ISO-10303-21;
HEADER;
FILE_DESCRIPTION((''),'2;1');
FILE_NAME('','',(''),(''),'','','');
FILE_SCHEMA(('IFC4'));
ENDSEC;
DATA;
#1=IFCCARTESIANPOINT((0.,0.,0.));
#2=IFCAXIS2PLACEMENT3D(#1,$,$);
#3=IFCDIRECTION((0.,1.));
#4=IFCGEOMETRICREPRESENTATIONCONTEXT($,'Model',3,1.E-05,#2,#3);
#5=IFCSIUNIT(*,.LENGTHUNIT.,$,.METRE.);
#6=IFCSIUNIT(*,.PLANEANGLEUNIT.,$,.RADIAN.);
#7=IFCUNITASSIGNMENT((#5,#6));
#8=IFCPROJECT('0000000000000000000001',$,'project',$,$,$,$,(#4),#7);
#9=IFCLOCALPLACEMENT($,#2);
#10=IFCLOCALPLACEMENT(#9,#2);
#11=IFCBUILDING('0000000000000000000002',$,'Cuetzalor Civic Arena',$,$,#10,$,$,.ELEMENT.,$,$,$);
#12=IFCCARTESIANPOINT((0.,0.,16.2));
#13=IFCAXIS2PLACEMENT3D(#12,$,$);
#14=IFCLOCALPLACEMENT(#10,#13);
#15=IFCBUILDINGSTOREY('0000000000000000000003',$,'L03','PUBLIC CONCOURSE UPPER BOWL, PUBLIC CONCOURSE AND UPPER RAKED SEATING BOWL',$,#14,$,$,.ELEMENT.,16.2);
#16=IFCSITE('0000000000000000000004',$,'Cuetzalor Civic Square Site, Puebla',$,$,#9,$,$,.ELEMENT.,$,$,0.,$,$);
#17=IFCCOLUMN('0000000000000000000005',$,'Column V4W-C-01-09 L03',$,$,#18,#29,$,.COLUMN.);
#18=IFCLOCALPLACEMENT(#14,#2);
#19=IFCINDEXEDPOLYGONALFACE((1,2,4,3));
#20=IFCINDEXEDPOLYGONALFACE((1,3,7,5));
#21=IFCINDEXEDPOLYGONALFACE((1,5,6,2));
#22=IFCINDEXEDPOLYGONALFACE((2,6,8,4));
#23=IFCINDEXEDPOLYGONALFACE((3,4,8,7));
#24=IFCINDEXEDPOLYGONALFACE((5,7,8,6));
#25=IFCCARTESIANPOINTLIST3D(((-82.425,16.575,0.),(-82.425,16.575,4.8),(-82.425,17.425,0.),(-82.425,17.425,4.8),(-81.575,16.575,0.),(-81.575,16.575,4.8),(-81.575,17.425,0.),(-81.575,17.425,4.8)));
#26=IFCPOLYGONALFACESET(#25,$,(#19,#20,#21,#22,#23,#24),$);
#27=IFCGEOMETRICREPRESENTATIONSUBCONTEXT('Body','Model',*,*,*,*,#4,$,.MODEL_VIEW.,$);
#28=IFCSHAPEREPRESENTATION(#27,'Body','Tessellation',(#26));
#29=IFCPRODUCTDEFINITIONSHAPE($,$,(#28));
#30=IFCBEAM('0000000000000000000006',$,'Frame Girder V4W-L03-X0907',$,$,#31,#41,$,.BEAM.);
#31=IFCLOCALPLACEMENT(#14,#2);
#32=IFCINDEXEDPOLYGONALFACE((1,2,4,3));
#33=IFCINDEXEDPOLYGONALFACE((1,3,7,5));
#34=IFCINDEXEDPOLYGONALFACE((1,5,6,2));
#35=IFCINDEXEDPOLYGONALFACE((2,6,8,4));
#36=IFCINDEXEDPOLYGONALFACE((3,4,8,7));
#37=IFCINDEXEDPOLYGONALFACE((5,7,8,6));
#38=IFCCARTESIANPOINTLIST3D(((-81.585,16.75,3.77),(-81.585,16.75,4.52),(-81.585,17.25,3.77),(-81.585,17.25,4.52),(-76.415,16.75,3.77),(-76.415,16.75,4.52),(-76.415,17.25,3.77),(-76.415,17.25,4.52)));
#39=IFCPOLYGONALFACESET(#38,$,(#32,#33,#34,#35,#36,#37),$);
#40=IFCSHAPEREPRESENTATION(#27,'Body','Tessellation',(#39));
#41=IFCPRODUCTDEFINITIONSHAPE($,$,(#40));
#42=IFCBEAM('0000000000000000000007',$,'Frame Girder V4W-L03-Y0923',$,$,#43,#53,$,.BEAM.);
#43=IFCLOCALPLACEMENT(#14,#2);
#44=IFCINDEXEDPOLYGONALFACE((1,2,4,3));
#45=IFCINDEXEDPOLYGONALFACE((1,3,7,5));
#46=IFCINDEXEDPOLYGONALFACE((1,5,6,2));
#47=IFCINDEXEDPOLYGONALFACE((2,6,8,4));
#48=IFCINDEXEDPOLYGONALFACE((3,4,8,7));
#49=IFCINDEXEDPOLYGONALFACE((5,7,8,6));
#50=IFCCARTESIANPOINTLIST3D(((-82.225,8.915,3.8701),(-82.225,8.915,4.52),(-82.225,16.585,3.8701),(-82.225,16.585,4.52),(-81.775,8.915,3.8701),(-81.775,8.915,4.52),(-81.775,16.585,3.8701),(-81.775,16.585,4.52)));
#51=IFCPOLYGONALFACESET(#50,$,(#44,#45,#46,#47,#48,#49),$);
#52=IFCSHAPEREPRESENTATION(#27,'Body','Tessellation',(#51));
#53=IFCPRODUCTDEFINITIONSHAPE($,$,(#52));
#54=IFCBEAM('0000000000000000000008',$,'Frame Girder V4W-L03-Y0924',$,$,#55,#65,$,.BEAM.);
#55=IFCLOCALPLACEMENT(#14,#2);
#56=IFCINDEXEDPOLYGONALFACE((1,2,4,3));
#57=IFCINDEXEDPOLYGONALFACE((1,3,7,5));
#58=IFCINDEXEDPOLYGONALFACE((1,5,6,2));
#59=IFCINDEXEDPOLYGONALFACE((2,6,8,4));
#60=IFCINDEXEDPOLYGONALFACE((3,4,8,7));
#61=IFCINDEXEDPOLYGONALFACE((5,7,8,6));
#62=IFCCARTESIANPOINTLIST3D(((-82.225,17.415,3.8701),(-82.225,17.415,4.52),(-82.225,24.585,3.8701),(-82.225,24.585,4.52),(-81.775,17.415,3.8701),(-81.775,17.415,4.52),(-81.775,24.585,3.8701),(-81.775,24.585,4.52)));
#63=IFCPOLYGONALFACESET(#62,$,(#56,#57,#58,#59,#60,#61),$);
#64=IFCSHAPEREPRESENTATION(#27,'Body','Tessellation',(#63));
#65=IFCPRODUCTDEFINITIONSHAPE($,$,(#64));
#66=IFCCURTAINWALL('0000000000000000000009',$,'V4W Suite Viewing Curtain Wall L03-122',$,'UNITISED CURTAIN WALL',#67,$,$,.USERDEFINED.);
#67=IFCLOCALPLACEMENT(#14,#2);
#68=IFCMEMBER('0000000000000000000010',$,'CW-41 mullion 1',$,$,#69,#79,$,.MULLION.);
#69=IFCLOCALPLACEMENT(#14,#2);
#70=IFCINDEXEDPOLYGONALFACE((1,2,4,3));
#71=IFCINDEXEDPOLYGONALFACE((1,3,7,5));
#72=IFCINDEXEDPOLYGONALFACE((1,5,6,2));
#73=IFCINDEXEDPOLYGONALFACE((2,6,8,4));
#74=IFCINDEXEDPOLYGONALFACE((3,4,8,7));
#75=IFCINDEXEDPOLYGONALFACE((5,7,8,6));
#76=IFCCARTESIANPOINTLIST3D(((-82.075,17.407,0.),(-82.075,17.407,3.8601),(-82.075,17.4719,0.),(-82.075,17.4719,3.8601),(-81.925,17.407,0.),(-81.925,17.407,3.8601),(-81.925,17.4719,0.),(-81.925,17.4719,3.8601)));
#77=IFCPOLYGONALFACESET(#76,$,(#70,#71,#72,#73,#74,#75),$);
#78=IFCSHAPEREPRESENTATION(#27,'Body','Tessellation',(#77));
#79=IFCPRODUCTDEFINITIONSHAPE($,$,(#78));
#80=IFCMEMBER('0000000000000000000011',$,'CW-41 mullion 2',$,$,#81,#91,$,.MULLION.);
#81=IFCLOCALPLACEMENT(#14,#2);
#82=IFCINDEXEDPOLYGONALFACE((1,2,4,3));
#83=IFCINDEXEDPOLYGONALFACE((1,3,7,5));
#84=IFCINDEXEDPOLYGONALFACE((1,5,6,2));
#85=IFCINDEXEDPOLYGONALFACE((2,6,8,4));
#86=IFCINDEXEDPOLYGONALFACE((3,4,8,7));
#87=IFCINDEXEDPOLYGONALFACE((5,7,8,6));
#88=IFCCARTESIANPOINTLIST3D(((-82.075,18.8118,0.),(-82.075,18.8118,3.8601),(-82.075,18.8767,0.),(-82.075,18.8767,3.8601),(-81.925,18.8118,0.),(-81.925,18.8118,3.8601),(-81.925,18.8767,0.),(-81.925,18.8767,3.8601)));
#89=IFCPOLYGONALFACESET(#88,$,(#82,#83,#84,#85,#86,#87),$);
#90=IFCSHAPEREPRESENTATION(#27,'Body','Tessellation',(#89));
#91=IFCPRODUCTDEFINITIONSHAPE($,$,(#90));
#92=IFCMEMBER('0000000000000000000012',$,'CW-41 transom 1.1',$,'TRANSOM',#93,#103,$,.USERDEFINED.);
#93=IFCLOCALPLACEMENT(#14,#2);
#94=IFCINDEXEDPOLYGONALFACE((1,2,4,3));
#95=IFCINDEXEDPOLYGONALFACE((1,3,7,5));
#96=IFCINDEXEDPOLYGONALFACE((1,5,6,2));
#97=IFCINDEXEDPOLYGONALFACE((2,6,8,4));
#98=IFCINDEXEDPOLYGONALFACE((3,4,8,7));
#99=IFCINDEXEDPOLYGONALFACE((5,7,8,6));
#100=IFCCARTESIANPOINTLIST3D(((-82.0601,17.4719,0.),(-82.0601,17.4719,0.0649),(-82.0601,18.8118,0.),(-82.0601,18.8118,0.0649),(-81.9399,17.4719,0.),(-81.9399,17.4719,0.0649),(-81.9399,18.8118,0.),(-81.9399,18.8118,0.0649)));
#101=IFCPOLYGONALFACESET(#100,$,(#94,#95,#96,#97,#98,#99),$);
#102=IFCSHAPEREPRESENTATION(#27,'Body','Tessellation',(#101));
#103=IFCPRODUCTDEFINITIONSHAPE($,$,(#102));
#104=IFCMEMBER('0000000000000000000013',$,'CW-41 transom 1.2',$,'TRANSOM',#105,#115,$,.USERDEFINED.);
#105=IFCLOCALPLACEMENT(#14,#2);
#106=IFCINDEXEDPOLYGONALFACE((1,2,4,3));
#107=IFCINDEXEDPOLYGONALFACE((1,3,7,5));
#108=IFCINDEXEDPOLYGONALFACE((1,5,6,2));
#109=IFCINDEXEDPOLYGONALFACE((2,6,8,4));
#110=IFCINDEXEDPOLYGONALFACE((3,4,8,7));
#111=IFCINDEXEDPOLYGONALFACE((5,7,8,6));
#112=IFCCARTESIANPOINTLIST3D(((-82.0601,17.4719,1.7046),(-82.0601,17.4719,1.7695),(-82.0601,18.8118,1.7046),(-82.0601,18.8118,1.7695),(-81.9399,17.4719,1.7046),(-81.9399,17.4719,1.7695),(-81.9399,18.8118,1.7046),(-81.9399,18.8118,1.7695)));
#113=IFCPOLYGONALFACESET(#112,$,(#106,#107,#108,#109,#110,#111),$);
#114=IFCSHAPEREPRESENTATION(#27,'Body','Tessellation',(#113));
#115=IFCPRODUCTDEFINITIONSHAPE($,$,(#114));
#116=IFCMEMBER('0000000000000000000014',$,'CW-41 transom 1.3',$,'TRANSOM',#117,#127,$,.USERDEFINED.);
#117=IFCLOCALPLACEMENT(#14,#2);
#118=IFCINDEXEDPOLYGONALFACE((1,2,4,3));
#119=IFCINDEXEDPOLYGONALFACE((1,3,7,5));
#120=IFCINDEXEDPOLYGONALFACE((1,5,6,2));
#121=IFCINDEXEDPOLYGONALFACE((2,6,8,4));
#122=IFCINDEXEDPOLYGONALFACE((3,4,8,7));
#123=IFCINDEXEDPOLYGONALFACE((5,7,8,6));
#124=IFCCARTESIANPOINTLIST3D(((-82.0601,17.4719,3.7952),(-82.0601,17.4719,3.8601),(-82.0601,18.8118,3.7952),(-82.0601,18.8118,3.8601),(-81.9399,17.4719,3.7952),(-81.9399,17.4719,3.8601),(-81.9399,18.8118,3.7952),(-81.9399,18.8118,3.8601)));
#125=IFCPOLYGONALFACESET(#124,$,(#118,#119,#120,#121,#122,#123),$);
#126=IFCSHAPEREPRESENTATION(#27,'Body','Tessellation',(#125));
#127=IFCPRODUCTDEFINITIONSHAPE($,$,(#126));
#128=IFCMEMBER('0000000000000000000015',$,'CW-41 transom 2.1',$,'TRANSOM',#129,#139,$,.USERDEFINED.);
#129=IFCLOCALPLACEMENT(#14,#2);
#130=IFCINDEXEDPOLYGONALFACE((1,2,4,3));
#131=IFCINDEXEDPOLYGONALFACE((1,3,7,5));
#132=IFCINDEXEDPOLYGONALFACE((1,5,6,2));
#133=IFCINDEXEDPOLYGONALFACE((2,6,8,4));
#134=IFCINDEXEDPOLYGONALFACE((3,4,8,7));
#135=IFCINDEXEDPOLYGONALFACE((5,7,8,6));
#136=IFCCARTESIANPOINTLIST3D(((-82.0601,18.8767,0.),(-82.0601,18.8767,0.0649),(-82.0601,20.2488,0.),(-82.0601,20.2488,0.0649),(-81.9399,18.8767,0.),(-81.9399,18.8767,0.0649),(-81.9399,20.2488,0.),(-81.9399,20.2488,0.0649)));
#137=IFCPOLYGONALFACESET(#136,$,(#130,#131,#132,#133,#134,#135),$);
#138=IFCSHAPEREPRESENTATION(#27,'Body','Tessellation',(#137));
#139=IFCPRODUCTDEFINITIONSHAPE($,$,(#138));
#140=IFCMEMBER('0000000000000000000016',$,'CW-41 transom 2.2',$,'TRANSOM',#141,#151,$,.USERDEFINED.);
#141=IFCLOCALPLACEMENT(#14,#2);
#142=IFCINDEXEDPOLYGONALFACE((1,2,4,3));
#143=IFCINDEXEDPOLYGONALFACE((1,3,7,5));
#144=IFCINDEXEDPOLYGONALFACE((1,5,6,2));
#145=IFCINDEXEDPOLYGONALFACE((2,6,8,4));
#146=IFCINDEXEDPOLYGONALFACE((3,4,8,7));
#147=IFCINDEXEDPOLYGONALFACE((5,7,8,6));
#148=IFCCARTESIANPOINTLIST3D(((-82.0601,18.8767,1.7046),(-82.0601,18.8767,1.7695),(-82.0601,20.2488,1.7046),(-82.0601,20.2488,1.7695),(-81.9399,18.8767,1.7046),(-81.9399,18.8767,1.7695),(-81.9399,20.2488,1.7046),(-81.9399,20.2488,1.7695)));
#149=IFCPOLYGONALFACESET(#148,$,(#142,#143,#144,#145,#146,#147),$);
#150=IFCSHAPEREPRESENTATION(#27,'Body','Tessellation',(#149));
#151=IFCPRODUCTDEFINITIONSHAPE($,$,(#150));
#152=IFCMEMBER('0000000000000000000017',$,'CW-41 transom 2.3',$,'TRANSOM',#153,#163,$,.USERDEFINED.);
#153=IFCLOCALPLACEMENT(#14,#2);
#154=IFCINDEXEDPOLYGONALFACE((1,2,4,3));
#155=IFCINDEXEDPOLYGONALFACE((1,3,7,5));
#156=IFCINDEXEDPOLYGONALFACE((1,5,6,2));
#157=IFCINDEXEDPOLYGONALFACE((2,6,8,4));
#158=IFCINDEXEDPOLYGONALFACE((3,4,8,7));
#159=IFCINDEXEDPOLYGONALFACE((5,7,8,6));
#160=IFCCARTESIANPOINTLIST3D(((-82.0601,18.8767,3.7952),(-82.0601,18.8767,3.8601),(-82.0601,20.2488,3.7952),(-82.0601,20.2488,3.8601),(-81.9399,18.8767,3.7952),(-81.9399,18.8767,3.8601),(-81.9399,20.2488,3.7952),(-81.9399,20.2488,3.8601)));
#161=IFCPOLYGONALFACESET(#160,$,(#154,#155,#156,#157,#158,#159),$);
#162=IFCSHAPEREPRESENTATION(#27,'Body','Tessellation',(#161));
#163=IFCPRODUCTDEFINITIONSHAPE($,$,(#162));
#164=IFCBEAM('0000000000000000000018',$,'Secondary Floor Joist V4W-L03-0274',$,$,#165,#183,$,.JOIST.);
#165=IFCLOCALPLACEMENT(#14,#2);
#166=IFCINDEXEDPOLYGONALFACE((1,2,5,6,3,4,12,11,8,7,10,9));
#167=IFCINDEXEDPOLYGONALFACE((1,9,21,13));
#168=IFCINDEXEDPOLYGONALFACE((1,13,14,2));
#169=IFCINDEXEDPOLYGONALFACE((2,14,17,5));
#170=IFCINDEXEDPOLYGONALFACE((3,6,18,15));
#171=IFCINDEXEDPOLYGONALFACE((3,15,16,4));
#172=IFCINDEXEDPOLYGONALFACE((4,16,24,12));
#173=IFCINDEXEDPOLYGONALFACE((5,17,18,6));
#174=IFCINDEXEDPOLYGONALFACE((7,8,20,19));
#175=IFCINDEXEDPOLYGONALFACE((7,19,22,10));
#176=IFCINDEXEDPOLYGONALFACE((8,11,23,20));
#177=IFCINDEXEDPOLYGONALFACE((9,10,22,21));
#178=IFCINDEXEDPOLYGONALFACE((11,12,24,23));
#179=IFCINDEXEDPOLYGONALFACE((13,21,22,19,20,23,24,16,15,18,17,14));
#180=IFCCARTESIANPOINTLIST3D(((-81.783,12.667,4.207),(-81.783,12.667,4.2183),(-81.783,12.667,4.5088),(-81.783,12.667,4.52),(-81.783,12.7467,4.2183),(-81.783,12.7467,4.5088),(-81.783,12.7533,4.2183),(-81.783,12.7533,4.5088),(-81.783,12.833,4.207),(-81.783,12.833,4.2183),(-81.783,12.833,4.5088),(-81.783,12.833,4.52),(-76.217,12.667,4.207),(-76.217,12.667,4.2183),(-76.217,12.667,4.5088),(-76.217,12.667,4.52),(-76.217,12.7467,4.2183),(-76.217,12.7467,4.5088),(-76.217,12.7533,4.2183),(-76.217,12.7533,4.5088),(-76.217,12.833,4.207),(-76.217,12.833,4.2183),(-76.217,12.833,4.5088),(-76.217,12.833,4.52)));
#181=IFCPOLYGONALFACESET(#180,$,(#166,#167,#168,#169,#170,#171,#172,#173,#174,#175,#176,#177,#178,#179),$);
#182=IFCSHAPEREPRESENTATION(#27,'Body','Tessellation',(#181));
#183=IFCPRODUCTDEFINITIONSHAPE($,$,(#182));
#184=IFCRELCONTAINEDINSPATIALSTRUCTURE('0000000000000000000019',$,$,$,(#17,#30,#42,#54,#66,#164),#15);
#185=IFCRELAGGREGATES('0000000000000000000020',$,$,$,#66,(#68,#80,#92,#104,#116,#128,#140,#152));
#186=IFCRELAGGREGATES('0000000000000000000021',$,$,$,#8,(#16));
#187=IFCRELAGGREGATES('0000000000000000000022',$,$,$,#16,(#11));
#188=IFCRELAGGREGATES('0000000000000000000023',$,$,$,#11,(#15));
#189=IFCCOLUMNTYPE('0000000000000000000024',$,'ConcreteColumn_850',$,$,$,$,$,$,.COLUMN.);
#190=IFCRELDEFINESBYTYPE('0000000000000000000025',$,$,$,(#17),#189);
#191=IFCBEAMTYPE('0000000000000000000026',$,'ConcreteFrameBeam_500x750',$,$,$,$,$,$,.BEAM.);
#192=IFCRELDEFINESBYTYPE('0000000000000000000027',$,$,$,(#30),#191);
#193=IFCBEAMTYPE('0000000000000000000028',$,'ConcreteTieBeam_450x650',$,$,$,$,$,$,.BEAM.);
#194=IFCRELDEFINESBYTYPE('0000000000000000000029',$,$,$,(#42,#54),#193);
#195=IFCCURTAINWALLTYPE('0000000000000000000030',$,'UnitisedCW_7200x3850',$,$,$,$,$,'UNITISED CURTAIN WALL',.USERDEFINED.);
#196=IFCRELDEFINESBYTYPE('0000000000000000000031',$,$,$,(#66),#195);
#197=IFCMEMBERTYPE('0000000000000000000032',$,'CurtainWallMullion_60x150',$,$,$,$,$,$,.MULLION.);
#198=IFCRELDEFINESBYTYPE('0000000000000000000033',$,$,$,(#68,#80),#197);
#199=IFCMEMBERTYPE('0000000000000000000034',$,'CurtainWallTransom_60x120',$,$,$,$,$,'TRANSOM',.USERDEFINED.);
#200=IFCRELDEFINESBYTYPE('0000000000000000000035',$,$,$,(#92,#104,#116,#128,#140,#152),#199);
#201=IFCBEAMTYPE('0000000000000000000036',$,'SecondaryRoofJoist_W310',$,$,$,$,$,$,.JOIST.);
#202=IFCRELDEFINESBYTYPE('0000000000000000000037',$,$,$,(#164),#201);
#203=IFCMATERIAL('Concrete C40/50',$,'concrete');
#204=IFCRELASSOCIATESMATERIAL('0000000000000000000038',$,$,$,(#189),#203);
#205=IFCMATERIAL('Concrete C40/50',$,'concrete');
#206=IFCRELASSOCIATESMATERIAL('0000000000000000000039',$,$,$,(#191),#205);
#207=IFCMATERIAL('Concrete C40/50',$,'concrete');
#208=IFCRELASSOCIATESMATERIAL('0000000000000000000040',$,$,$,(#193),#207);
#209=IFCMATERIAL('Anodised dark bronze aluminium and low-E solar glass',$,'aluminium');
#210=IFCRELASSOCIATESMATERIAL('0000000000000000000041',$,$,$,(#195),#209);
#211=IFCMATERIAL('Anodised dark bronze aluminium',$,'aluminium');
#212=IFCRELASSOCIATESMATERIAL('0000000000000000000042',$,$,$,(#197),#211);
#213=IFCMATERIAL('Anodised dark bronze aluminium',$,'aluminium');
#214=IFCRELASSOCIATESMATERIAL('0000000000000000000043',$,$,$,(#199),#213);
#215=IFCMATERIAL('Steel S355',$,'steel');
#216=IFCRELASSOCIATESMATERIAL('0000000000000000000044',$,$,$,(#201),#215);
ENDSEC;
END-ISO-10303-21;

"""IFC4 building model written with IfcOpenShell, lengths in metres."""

from ifc_helpers import new_model, si_unit, direction, frame, origin, origin_2d, place, context, subcontext, project, spatial, rectangle, i_section, extrude, material, material_profile, profile_set, type_object, element, aggregate, save


model = new_model("IFC4")

# Units and contexts
model_context = context("Model", 3, precision=1e-05, world=origin(), true_north=direction((0.0, 1.0)))
body_context = subcontext(model_context, "Body", "Model", "MODEL_VIEW")
ifc_project = project(units=[si_unit("LENGTHUNIT", "METRE"), si_unit("PLANEANGLEUNIT", "RADIAN")], contexts=[model_context])

# Site, building, storey
site_placement = place(None, origin())
site = spatial("IfcSite", under=ifc_project, at=site_placement, Name="Cuetzalor Civic Square Site, Puebla", CompositionType="ELEMENT", RefElevation=0.0)
building_placement = place(site_placement, origin())
building = spatial("IfcBuilding", under=site, at=building_placement, Name="Cuetzalor Civic Arena", CompositionType="ELEMENT")
storey_placement = place(building_placement, frame((0.0, 0.0, 16.2)))
storey = spatial("IfcBuildingStorey", under=building, at=storey_placement, Name="L03", Description="PUBLIC CONCOURSE UPPER BOWL, PUBLIC CONCOURSE AND UPPER RAKED SEATING BOWL", CompositionType="ELEMENT", Elevation=16.2)

# Column
ifc_material_1 = material(Name="Concrete C40/50", Category="concrete")
ifc_material_profile_1 = material_profile(ifc_material_1, rectangle(XDim=0.8501, YDim=0.8501, at=origin_2d()), Name="RC 850x850")
ifc_profile_set_1 = profile_set([ifc_material_profile_1], Name="Concrete C40/50")
column_type = type_object("IfcColumnType", Name="ConcreteColumn_850", PredefinedType="COLUMN", material=ifc_profile_set_1)
column_placement = place(storey_placement, frame((-82.0, 17.0, 0.0), z_axis=(0.0, 0.0, 1.0), x_axis=(1.0, 0.0, 0.0)))
element("IfcColumn", 1, at=column_placement, inside=storey, type_object=column_type, Name="Column V4W-C-01-09 L03", PredefinedType="COLUMN", context=body_context, shape_type="SweptSolid", body=[
    extrude(rectangle(XDim=0.8501, YDim=0.8501, at=origin_2d()), origin(), (0.0, 0.0, 1.0), 4.8),
])

# Beams
ifc_material_2 = material(Name="Concrete C40/50", Category="concrete")
ifc_material_profile_2 = material_profile(ifc_material_2, rectangle(XDim=0.5, YDim=0.75, at=origin_2d()), Name="RC 500x750")
ifc_profile_set_2 = profile_set([ifc_material_profile_2], Name="Concrete C40/50")
beam_type_1 = type_object("IfcBeamType", Name="ConcreteFrameBeam_500x750", PredefinedType="BEAM", material=ifc_profile_set_2)
beam_1_placement = place(storey_placement, frame((-81.585, 17.0, 4.145), z_axis=(1.0, 0.0, 0.0), x_axis=(0.0, 1.0, 0.0)))
element("IfcBeam", 2, at=beam_1_placement, inside=storey, type_object=beam_type_1, Name="Frame Girder V4W-L03-X0907", PredefinedType="BEAM", context=body_context, shape_type="SweptSolid", body=[
    extrude(rectangle(XDim=0.5, YDim=0.75, at=origin_2d()), origin(), (0.0, 0.0, 1.0), 5.1699),
])
ifc_material_3 = material(Name="Concrete C40/50", Category="concrete")
ifc_material_profile_3 = material_profile(ifc_material_3, rectangle(XDim=0.45, YDim=0.6499, at=origin_2d()), Name="RC 450x650")
ifc_profile_set_3 = profile_set([ifc_material_profile_3], Name="Concrete C40/50")
beam_type_2 = type_object("IfcBeamType", Name="ConcreteTieBeam_450x650", PredefinedType="BEAM", material=ifc_profile_set_3)
beam_2_placement = place(storey_placement, frame((-82.0, 8.915, 4.1951), z_axis=(0.0, 1.0, 0.0), x_axis=(-1.0, 0.0, 0.0)))
element("IfcBeam", 3, at=beam_2_placement, inside=storey, type_object=beam_type_2, Name="Frame Girder V4W-L03-Y0923", PredefinedType="BEAM", context=body_context, shape_type="SweptSolid", body=[
    extrude(rectangle(XDim=0.45, YDim=0.6499, at=origin_2d()), origin(), (0.0, 0.0, 1.0), 7.6699),
])
beam_3_placement = place(storey_placement, frame((-82.0, 17.415, 4.1951), z_axis=(0.0, 1.0, 0.0), x_axis=(-1.0, 0.0, 0.0)))
element("IfcBeam", 4, at=beam_3_placement, inside=storey, type_object=beam_type_2, Name="Frame Girder V4W-L03-Y0924", PredefinedType="BEAM", context=body_context, shape_type="SweptSolid", body=[
    extrude(rectangle(XDim=0.45, YDim=0.6499, at=origin_2d()), origin(), (0.0, 0.0, 1.0), 7.1699),
])

# Curtain wall, members
ifc_material_4 = material(Name="Anodised dark bronze aluminium and low-E solar glass", Category="aluminium")
curtain_wall_type = type_object("IfcCurtainWallType", Name="UnitisedCW_7200x3850", ElementType="UNITISED CURTAIN WALL", PredefinedType="USERDEFINED", material=ifc_material_4)
curtain_wall_placement = place(storey_placement, origin())
curtain_wall = element("IfcCurtainWall", 5, at=curtain_wall_placement, inside=storey, type_object=curtain_wall_type, Name="V4W Suite Viewing Curtain Wall L03-122", ObjectType="UNITISED CURTAIN WALL", PredefinedType="USERDEFINED")
ifc_material_5 = material(Name="Anodised dark bronze aluminium", Category="aluminium")
ifc_material_profile_4 = material_profile(ifc_material_5, rectangle(XDim=0.0649, YDim=0.1499, at=origin_2d()), Name="ALU MULLION 65x150")
ifc_profile_set_4 = profile_set([ifc_material_profile_4], Name="Anodised dark bronze aluminium")
member_type_1 = type_object("IfcMemberType", Name="CurtainWallMullion_60x150", PredefinedType="MULLION", material=ifc_profile_set_4)
member_1_placement = place(storey_placement, frame((-82.0, 17.4395, 0.0), z_axis=(0.0, 0.0, 1.0), x_axis=(0.0, 1.0, 0.0)))
member_1 = element("IfcMember", 6, at=member_1_placement, type_object=member_type_1, Name="CW-41 mullion 1", PredefinedType="MULLION", context=body_context, shape_type="SweptSolid", body=[
    extrude(rectangle(XDim=0.0649, YDim=0.1499, at=origin_2d()), origin(), (0.0, 0.0, 1.0), 3.8601),
])
member_2_placement = place(storey_placement, frame((-82.0, 18.8442, 0.0), z_axis=(0.0, 0.0, 1.0), x_axis=(0.0, 1.0, 0.0)))
member_2 = element("IfcMember", 7, at=member_2_placement, type_object=member_type_1, Name="CW-41 mullion 2", PredefinedType="MULLION", context=body_context, shape_type="SweptSolid", body=[
    extrude(rectangle(XDim=0.0649, YDim=0.1499, at=origin_2d()), origin(), (0.0, 0.0, 1.0), 3.8601),
])
ifc_material_6 = material(Name="Anodised dark bronze aluminium", Category="aluminium")
ifc_material_profile_5 = material_profile(ifc_material_6, rectangle(XDim=0.1201, YDim=0.0649, at=origin_2d()), Name="ALU TRANSOM 65x120")
ifc_profile_set_5 = profile_set([ifc_material_profile_5], Name="Anodised dark bronze aluminium")
member_type_2 = type_object("IfcMemberType", Name="CurtainWallTransom_60x120", ElementType="TRANSOM", PredefinedType="USERDEFINED", material=ifc_profile_set_5)
member_3_placement = place(storey_placement, frame((-82.0, 17.4719, 0.0325), z_axis=(0.0, 1.0, 0.0), x_axis=(-1.0, 0.0, 0.0)))
member_3 = element("IfcMember", 8, at=member_3_placement, type_object=member_type_2, Name="CW-41 transom 1.1", ObjectType="TRANSOM", PredefinedType="USERDEFINED", context=body_context, shape_type="SweptSolid", body=[
    extrude(rectangle(XDim=0.1201, YDim=0.0649, at=origin_2d()), origin(), (0.0, 0.0, 1.0), 1.3398),
])
member_4_placement = place(storey_placement, frame((-82.0, 17.4719, 1.7371), z_axis=(0.0, 1.0, 0.0), x_axis=(-1.0, 0.0, 0.0)))
member_4 = element("IfcMember", 9, at=member_4_placement, type_object=member_type_2, Name="CW-41 transom 1.2", ObjectType="TRANSOM", PredefinedType="USERDEFINED", context=body_context, shape_type="SweptSolid", body=[
    extrude(rectangle(XDim=0.1201, YDim=0.0649, at=origin_2d()), origin(), (0.0, 0.0, 1.0), 1.3398),
])
member_5_placement = place(storey_placement, frame((-82.0, 17.4719, 3.8276), z_axis=(0.0, 1.0, 0.0), x_axis=(-1.0, 0.0, 0.0)))
member_5 = element("IfcMember", 10, at=member_5_placement, type_object=member_type_2, Name="CW-41 transom 1.3", ObjectType="TRANSOM", PredefinedType="USERDEFINED", context=body_context, shape_type="SweptSolid", body=[
    extrude(rectangle(XDim=0.1201, YDim=0.0649, at=origin_2d()), origin(), (0.0, 0.0, 1.0), 1.3398),
])
member_6_placement = place(storey_placement, frame((-82.0, 18.8767, 0.0325), z_axis=(0.0, 1.0, 0.0), x_axis=(-1.0, 0.0, 0.0)))
member_6 = element("IfcMember", 11, at=member_6_placement, type_object=member_type_2, Name="CW-41 transom 2.1", ObjectType="TRANSOM", PredefinedType="USERDEFINED", context=body_context, shape_type="SweptSolid", body=[
    extrude(rectangle(XDim=0.1201, YDim=0.0649, at=origin_2d()), origin(), (0.0, 0.0, 1.0), 1.3721),
])
member_7_placement = place(storey_placement, frame((-82.0, 18.8767, 1.7371), z_axis=(0.0, 1.0, 0.0), x_axis=(-1.0, 0.0, 0.0)))
member_7 = element("IfcMember", 12, at=member_7_placement, type_object=member_type_2, Name="CW-41 transom 2.2", ObjectType="TRANSOM", PredefinedType="USERDEFINED", context=body_context, shape_type="SweptSolid", body=[
    extrude(rectangle(XDim=0.1201, YDim=0.0649, at=origin_2d()), origin(), (0.0, 0.0, 1.0), 1.3721),
])
member_8_placement = place(storey_placement, frame((-82.0, 18.8767, 3.8276), z_axis=(0.0, 1.0, 0.0), x_axis=(-1.0, 0.0, 0.0)))
member_8 = element("IfcMember", 13, at=member_8_placement, type_object=member_type_2, Name="CW-41 transom 2.3", ObjectType="TRANSOM", PredefinedType="USERDEFINED", context=body_context, shape_type="SweptSolid", body=[
    extrude(rectangle(XDim=0.1201, YDim=0.0649, at=origin_2d()), origin(), (0.0, 0.0, 1.0), 1.3721),
])

# Beam
ifc_material_7 = material(Name="Steel S355", Category="steel")
ifc_material_profile_6 = material_profile(ifc_material_7, i_section(OverallWidth=0.166, OverallDepth=0.313, WebThickness=0.0066, FlangeThickness=0.0112, at=origin_2d()), Name="W310x45")
ifc_profile_set_6 = profile_set([ifc_material_profile_6], Name="Steel S355")
beam_type_3 = type_object("IfcBeamType", Name="SecondaryRoofJoist_W310", PredefinedType="JOIST", material=ifc_profile_set_6)
beam_4_placement = place(storey_placement, frame((-81.783, 12.75, 4.3635), z_axis=(1.0, 0.0, 0.0), x_axis=(0.0, 1.0, 0.0)))
element("IfcBeam", 14, at=beam_4_placement, inside=storey, type_object=beam_type_3, Name="Secondary Floor Joist V4W-L03-0274", PredefinedType="JOIST", context=body_context, shape_type="SweptSolid", body=[
    extrude(i_section(OverallWidth=0.166, OverallDepth=0.313, WebThickness=0.0066, FlangeThickness=0.0112, at=origin_2d()), origin(), (0.0, 0.0, 1.0), 5.5659),
])

aggregate(curtain_wall, [member_1, member_2, member_3, member_4, member_5, member_6, member_7, member_8])

save(model, "model.ifc")
